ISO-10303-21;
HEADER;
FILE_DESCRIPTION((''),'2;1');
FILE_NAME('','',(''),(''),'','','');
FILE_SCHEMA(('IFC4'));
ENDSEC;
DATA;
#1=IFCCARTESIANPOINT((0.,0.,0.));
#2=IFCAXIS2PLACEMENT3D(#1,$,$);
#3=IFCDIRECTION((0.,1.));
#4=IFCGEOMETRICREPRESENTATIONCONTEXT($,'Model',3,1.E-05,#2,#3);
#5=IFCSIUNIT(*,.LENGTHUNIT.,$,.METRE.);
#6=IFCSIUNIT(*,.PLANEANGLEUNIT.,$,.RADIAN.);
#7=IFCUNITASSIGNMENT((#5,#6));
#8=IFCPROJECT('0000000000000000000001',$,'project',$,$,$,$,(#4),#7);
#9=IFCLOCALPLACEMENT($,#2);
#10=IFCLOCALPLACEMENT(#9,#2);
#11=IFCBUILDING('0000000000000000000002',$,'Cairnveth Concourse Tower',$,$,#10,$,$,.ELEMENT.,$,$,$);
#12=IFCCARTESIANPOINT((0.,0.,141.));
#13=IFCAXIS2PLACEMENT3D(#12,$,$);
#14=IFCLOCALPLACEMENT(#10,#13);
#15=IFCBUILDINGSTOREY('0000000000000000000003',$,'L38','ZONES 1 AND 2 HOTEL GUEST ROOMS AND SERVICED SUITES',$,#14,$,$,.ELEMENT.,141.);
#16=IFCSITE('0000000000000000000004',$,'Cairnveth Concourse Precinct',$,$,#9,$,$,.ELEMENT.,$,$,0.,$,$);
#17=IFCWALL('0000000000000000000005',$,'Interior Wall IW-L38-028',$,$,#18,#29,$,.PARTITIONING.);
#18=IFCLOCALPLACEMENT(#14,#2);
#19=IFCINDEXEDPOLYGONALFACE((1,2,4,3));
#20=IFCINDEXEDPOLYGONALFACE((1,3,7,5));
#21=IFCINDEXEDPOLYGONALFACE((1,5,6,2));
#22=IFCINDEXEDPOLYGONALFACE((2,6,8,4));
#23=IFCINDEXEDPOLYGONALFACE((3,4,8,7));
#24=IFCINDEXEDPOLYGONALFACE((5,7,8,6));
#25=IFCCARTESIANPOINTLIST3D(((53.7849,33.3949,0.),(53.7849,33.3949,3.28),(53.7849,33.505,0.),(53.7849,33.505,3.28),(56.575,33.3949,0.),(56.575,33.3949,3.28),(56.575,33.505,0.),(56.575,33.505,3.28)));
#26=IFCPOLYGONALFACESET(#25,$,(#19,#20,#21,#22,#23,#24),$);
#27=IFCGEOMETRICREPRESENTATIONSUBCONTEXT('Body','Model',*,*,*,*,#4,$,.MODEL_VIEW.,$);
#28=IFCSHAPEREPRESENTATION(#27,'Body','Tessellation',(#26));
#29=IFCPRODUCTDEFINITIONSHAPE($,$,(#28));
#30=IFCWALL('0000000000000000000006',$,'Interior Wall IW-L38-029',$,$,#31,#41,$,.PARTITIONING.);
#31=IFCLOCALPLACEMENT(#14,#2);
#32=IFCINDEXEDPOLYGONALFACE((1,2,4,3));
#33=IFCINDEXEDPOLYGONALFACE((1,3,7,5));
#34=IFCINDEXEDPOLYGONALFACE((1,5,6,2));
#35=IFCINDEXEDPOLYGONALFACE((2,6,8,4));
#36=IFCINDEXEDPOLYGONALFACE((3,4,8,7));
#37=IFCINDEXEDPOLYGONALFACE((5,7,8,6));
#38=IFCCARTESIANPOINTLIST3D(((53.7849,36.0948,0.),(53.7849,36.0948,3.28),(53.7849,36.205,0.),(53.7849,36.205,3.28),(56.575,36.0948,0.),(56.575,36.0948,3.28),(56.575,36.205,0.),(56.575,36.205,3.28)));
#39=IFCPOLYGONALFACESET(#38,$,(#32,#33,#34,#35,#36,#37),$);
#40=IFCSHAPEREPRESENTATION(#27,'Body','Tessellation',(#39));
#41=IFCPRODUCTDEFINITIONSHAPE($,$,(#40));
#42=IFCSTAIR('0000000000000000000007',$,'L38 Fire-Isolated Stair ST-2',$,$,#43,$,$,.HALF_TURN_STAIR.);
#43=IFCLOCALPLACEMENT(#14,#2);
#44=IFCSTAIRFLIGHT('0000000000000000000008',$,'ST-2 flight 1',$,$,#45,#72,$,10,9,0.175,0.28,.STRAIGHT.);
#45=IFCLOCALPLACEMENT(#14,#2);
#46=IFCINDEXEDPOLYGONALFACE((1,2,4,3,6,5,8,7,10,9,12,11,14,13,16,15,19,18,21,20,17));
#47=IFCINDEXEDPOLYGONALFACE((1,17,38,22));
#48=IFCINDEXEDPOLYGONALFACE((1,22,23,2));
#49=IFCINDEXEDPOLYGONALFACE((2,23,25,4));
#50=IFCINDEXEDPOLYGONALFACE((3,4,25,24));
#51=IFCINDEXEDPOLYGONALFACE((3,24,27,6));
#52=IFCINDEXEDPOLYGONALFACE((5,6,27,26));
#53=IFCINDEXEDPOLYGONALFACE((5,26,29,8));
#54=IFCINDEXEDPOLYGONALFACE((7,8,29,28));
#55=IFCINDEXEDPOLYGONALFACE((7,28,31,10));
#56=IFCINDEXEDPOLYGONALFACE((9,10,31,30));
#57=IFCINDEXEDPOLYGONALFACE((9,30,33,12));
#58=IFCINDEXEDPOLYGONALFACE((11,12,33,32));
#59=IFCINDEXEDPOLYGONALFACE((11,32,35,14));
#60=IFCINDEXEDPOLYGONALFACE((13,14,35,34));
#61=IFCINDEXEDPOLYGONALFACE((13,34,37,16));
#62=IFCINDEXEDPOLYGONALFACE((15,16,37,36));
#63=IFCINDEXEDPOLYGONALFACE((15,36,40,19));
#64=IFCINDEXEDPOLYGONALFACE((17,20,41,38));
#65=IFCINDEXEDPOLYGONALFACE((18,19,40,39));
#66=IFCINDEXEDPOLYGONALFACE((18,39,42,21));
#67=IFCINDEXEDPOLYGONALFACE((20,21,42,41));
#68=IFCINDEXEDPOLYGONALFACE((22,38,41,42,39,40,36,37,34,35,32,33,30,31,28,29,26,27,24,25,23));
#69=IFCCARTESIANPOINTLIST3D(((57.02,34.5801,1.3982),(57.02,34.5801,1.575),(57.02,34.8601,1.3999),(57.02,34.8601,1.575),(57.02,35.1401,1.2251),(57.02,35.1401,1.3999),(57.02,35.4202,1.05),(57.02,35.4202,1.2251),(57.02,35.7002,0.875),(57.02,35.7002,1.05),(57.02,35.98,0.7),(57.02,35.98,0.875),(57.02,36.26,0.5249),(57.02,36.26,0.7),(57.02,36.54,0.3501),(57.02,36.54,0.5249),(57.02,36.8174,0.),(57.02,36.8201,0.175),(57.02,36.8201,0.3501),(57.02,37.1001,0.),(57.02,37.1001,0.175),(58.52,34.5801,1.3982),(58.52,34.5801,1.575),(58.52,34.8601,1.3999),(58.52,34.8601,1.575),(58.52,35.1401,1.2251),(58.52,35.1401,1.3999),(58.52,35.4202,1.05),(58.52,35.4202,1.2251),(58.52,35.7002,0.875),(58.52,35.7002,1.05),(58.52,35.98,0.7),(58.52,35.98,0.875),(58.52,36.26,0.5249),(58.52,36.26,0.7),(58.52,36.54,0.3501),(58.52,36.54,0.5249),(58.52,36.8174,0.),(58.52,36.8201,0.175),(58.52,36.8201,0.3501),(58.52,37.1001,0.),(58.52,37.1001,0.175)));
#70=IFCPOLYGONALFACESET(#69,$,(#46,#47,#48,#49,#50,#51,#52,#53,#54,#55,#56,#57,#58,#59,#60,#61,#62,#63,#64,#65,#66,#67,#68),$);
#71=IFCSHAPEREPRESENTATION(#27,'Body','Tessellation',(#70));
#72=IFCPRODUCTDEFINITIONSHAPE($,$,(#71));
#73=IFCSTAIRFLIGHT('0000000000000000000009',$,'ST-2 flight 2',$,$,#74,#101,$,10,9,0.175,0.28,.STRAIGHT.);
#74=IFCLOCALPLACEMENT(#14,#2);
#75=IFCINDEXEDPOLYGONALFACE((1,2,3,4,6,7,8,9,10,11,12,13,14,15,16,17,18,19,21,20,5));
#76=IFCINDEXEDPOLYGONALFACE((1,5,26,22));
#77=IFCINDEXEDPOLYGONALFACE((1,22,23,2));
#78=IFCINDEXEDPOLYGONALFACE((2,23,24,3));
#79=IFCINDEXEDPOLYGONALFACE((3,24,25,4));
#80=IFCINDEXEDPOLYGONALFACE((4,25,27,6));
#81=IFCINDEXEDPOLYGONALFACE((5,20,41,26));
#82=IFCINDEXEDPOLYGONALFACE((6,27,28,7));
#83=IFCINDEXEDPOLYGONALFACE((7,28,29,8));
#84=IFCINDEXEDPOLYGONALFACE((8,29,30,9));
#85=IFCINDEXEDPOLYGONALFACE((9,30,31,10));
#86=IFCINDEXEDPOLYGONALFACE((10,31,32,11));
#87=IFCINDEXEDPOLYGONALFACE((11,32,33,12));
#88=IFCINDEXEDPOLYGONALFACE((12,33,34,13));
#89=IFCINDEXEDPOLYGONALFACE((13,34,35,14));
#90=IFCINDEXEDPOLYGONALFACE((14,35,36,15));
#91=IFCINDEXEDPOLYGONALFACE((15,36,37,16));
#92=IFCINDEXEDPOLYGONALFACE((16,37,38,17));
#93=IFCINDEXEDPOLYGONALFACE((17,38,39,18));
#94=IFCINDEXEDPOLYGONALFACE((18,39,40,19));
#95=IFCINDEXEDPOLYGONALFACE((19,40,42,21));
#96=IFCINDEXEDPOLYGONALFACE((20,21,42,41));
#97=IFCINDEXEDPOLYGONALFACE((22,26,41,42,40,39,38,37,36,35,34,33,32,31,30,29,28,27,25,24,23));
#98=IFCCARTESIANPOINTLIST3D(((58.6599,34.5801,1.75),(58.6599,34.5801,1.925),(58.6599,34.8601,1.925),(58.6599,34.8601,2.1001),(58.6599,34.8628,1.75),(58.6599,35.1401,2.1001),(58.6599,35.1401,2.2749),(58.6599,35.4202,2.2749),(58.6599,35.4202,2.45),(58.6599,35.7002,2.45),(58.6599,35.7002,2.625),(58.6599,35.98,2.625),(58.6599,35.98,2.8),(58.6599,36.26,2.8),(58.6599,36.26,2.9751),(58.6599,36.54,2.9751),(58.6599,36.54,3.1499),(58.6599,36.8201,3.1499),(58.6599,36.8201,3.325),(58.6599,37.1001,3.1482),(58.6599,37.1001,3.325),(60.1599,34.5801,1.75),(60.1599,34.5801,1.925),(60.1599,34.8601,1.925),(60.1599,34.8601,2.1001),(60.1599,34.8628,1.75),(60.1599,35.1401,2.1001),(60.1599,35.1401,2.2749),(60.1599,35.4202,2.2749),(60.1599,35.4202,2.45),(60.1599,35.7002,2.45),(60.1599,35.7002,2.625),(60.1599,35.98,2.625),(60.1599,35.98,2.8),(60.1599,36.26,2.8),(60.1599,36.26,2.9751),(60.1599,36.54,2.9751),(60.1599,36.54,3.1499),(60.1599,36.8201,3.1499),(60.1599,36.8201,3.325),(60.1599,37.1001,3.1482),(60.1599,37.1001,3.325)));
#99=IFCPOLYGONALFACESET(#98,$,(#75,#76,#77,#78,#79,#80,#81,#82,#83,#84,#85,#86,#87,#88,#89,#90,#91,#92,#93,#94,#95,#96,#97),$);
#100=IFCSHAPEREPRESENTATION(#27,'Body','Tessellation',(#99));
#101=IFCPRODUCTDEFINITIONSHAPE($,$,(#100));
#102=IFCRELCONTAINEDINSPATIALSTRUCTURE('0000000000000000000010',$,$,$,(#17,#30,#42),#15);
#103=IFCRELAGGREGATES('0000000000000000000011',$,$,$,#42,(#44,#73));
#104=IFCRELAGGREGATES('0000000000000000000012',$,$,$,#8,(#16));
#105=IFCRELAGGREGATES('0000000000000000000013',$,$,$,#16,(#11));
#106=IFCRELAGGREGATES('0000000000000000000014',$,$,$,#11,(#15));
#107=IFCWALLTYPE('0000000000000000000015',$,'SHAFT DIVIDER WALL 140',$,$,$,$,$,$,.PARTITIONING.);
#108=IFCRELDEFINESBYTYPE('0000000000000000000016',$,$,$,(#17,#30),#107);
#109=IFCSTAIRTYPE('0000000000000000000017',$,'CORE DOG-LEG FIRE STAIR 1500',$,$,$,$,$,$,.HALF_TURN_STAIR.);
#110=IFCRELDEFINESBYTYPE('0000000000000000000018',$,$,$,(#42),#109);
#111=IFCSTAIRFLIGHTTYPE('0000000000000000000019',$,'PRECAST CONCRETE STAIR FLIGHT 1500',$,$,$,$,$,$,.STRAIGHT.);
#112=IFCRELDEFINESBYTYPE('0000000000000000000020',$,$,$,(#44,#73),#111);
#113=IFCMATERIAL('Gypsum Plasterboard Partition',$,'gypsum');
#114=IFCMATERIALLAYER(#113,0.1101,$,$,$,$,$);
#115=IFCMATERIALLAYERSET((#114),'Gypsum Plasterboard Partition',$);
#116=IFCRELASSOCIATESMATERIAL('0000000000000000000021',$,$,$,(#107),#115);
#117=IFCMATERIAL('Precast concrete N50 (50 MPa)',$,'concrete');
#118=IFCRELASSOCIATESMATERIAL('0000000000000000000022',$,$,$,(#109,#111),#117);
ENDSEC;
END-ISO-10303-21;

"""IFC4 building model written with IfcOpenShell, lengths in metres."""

from ifc_helpers import new_model, si_unit, direction, frame, frame_2d, origin, place, context, subcontext, project, spatial, polyline, rectangle, outline, extrude, material, layer, layer_set, type_object, element, aggregate, save


model = new_model("IFC4")

# Units and contexts
model_context = context("Model", 3, precision=1e-05, world=origin(), true_north=direction((0.0, 1.0)))
body_context = subcontext(model_context, "Body", "Model", "MODEL_VIEW")
ifc_project = project(units=[si_unit("LENGTHUNIT", "METRE"), si_unit("PLANEANGLEUNIT", "RADIAN")], contexts=[model_context])

# Site, building, storey
site_placement = place(None, origin())
site = spatial("IfcSite", under=ifc_project, at=site_placement, Name="Cairnveth Concourse Precinct", CompositionType="ELEMENT", RefElevation=0.0)
building_placement = place(site_placement, origin())
building = spatial("IfcBuilding", under=site, at=building_placement, Name="Cairnveth Concourse Tower", CompositionType="ELEMENT")
storey_placement = place(building_placement, frame((0.0, 0.0, 141.0)))
storey = spatial("IfcBuildingStorey", under=building, at=storey_placement, Name="L38", Description="ZONES 1 AND 2 HOTEL GUEST ROOMS AND SERVICED SUITES", CompositionType="ELEMENT", Elevation=141.0)

# Shared definitions
ifc_material_1 = material(Name="Gypsum Plasterboard Partition", Category="gypsum")

# Walls
ifc_layer_1 = layer(ifc_material_1, 0.1101)
ifc_layer_set_1 = layer_set([ifc_layer_1], Name="Gypsum Plasterboard Partition")
wall_type_1 = type_object("IfcWallType", Name="SHAFT DIVIDER WALL 140", PredefinedType="PARTITIONING", material=ifc_layer_set_1)
for number, where, z_axis, x_axis, name in (
    (1, (53.7849, 33.45, 0.0), (0.0, 0.0, 1.0), (1.0, 0.0, 0.0), "Interior Wall IW-L38-028"),
    (2, (53.7849, 36.1499, 0.0), (0.0, 0.0, 1.0), (1.0, 0.0, 0.0), "Interior Wall IW-L38-029"),
):
    element("IfcWall", number, at=place(storey_placement, frame(where, z_axis=z_axis, x_axis=x_axis)), inside=storey, type_object=wall_type_1, Name=name, PredefinedType="PARTITIONING", context=body_context, shape_type="SweptSolid", body=[
        extrude(rectangle(XDim=2.79, YDim=0.1101, at=frame_2d((1.395, 0.0))), origin(), (0.0, 0.0, 1.0), 3.28),
    ])

# Stair, stair flights
ifc_material_2 = material(Name="Precast concrete N50 (50 MPa)", Category="concrete")
stair_type = type_object("IfcStairType", Name="CORE DOG-LEG FIRE STAIR 1500", PredefinedType="HALF_TURN_STAIR", material=ifc_material_2)
stair_placement = place(storey_placement, origin())
stair = element("IfcStair", 3, at=stair_placement, inside=storey, type_object=stair_type, Name="L38 Fire-Isolated Stair ST-2", PredefinedType="HALF_TURN_STAIR")
stair_flight_type = type_object("IfcStairFlightType", Name="PRECAST CONCRETE STAIR FLIGHT 1500", PredefinedType="STRAIGHT", material=ifc_material_2)
stair_flight_1_placement = place(storey_placement, frame((57.77, 37.1001, 0.0), z_axis=(0.0, 0.0, 1.0), x_axis=(0.0, -1.0, 0.0)))
stair_flight_1 = element("IfcStairFlight", 4, at=stair_flight_1_placement, type_object=stair_flight_type, Name="ST-2 flight 1", NumberOfRisers=10, NumberOfTreads=9, PredefinedType="STRAIGHT", RiserHeight=0.175, TreadLength=0.28, context=body_context, shape_type="SweptSolid", body=[
    extrude(outline(polyline([(0.0, 0.0), (0.0, 0.175), (0.28, 0.175), (0.28, 0.3501), (0.5601, 0.3501), (0.5601, 0.5249), (0.8401, 0.5249), (0.8401, 0.7), (1.1201, 0.7), (1.1201, 0.875), (1.3999, 0.875), (1.3999, 1.05), (1.6799, 1.05), (1.6799, 1.2251), (1.96, 1.2251), (1.96, 1.3999), (2.24, 1.3999), (2.24, 1.575), (2.52, 1.575), (2.52, 1.75), (2.52, 1.3982), (0.2827, 0.0), (0.0, 0.0)])), frame((0.0, 0.75, 0.0), z_axis=(0.0, -1.0, 0.0), x_axis=(1.0, 0.0, 0.0)), (0.0, 0.0, 1.0), 1.5),
])
stair_flight_2_placement = place(storey_placement, frame((59.4099, 34.5801, 1.75), z_axis=(0.0, 0.0, 1.0), x_axis=(0.0, 1.0, 0.0)))
stair_flight_2 = element("IfcStairFlight", 5, at=stair_flight_2_placement, type_object=stair_flight_type, Name="ST-2 flight 2", NumberOfRisers=10, NumberOfTreads=9, PredefinedType="STRAIGHT", RiserHeight=0.175, TreadLength=0.28, context=body_context, shape_type="SweptSolid", body=[
    extrude(outline(polyline([(0.0, 0.0), (0.0, 0.175), (0.28, 0.175), (0.28, 0.3501), (0.5601, 0.3501), (0.5601, 0.5249), (0.8401, 0.5249), (0.8401, 0.7), (1.1201, 0.7), (1.1201, 0.875), (1.3999, 0.875), (1.3999, 1.05), (1.6799, 1.05), (1.6799, 1.2251), (1.96, 1.2251), (1.96, 1.3999), (2.24, 1.3999), (2.24, 1.575), (2.52, 1.575), (2.52, 1.75), (2.52, 1.3982), (0.2827, 0.0), (0.0, 0.0)])), frame((0.0, 0.75, 0.0), z_axis=(0.0, -1.0, 0.0), x_axis=(1.0, 0.0, 0.0)), (0.0, 0.0, 1.0), 1.5),
])
aggregate(stair, [stair_flight_1, stair_flight_2])

save(model, "model.ifc")
